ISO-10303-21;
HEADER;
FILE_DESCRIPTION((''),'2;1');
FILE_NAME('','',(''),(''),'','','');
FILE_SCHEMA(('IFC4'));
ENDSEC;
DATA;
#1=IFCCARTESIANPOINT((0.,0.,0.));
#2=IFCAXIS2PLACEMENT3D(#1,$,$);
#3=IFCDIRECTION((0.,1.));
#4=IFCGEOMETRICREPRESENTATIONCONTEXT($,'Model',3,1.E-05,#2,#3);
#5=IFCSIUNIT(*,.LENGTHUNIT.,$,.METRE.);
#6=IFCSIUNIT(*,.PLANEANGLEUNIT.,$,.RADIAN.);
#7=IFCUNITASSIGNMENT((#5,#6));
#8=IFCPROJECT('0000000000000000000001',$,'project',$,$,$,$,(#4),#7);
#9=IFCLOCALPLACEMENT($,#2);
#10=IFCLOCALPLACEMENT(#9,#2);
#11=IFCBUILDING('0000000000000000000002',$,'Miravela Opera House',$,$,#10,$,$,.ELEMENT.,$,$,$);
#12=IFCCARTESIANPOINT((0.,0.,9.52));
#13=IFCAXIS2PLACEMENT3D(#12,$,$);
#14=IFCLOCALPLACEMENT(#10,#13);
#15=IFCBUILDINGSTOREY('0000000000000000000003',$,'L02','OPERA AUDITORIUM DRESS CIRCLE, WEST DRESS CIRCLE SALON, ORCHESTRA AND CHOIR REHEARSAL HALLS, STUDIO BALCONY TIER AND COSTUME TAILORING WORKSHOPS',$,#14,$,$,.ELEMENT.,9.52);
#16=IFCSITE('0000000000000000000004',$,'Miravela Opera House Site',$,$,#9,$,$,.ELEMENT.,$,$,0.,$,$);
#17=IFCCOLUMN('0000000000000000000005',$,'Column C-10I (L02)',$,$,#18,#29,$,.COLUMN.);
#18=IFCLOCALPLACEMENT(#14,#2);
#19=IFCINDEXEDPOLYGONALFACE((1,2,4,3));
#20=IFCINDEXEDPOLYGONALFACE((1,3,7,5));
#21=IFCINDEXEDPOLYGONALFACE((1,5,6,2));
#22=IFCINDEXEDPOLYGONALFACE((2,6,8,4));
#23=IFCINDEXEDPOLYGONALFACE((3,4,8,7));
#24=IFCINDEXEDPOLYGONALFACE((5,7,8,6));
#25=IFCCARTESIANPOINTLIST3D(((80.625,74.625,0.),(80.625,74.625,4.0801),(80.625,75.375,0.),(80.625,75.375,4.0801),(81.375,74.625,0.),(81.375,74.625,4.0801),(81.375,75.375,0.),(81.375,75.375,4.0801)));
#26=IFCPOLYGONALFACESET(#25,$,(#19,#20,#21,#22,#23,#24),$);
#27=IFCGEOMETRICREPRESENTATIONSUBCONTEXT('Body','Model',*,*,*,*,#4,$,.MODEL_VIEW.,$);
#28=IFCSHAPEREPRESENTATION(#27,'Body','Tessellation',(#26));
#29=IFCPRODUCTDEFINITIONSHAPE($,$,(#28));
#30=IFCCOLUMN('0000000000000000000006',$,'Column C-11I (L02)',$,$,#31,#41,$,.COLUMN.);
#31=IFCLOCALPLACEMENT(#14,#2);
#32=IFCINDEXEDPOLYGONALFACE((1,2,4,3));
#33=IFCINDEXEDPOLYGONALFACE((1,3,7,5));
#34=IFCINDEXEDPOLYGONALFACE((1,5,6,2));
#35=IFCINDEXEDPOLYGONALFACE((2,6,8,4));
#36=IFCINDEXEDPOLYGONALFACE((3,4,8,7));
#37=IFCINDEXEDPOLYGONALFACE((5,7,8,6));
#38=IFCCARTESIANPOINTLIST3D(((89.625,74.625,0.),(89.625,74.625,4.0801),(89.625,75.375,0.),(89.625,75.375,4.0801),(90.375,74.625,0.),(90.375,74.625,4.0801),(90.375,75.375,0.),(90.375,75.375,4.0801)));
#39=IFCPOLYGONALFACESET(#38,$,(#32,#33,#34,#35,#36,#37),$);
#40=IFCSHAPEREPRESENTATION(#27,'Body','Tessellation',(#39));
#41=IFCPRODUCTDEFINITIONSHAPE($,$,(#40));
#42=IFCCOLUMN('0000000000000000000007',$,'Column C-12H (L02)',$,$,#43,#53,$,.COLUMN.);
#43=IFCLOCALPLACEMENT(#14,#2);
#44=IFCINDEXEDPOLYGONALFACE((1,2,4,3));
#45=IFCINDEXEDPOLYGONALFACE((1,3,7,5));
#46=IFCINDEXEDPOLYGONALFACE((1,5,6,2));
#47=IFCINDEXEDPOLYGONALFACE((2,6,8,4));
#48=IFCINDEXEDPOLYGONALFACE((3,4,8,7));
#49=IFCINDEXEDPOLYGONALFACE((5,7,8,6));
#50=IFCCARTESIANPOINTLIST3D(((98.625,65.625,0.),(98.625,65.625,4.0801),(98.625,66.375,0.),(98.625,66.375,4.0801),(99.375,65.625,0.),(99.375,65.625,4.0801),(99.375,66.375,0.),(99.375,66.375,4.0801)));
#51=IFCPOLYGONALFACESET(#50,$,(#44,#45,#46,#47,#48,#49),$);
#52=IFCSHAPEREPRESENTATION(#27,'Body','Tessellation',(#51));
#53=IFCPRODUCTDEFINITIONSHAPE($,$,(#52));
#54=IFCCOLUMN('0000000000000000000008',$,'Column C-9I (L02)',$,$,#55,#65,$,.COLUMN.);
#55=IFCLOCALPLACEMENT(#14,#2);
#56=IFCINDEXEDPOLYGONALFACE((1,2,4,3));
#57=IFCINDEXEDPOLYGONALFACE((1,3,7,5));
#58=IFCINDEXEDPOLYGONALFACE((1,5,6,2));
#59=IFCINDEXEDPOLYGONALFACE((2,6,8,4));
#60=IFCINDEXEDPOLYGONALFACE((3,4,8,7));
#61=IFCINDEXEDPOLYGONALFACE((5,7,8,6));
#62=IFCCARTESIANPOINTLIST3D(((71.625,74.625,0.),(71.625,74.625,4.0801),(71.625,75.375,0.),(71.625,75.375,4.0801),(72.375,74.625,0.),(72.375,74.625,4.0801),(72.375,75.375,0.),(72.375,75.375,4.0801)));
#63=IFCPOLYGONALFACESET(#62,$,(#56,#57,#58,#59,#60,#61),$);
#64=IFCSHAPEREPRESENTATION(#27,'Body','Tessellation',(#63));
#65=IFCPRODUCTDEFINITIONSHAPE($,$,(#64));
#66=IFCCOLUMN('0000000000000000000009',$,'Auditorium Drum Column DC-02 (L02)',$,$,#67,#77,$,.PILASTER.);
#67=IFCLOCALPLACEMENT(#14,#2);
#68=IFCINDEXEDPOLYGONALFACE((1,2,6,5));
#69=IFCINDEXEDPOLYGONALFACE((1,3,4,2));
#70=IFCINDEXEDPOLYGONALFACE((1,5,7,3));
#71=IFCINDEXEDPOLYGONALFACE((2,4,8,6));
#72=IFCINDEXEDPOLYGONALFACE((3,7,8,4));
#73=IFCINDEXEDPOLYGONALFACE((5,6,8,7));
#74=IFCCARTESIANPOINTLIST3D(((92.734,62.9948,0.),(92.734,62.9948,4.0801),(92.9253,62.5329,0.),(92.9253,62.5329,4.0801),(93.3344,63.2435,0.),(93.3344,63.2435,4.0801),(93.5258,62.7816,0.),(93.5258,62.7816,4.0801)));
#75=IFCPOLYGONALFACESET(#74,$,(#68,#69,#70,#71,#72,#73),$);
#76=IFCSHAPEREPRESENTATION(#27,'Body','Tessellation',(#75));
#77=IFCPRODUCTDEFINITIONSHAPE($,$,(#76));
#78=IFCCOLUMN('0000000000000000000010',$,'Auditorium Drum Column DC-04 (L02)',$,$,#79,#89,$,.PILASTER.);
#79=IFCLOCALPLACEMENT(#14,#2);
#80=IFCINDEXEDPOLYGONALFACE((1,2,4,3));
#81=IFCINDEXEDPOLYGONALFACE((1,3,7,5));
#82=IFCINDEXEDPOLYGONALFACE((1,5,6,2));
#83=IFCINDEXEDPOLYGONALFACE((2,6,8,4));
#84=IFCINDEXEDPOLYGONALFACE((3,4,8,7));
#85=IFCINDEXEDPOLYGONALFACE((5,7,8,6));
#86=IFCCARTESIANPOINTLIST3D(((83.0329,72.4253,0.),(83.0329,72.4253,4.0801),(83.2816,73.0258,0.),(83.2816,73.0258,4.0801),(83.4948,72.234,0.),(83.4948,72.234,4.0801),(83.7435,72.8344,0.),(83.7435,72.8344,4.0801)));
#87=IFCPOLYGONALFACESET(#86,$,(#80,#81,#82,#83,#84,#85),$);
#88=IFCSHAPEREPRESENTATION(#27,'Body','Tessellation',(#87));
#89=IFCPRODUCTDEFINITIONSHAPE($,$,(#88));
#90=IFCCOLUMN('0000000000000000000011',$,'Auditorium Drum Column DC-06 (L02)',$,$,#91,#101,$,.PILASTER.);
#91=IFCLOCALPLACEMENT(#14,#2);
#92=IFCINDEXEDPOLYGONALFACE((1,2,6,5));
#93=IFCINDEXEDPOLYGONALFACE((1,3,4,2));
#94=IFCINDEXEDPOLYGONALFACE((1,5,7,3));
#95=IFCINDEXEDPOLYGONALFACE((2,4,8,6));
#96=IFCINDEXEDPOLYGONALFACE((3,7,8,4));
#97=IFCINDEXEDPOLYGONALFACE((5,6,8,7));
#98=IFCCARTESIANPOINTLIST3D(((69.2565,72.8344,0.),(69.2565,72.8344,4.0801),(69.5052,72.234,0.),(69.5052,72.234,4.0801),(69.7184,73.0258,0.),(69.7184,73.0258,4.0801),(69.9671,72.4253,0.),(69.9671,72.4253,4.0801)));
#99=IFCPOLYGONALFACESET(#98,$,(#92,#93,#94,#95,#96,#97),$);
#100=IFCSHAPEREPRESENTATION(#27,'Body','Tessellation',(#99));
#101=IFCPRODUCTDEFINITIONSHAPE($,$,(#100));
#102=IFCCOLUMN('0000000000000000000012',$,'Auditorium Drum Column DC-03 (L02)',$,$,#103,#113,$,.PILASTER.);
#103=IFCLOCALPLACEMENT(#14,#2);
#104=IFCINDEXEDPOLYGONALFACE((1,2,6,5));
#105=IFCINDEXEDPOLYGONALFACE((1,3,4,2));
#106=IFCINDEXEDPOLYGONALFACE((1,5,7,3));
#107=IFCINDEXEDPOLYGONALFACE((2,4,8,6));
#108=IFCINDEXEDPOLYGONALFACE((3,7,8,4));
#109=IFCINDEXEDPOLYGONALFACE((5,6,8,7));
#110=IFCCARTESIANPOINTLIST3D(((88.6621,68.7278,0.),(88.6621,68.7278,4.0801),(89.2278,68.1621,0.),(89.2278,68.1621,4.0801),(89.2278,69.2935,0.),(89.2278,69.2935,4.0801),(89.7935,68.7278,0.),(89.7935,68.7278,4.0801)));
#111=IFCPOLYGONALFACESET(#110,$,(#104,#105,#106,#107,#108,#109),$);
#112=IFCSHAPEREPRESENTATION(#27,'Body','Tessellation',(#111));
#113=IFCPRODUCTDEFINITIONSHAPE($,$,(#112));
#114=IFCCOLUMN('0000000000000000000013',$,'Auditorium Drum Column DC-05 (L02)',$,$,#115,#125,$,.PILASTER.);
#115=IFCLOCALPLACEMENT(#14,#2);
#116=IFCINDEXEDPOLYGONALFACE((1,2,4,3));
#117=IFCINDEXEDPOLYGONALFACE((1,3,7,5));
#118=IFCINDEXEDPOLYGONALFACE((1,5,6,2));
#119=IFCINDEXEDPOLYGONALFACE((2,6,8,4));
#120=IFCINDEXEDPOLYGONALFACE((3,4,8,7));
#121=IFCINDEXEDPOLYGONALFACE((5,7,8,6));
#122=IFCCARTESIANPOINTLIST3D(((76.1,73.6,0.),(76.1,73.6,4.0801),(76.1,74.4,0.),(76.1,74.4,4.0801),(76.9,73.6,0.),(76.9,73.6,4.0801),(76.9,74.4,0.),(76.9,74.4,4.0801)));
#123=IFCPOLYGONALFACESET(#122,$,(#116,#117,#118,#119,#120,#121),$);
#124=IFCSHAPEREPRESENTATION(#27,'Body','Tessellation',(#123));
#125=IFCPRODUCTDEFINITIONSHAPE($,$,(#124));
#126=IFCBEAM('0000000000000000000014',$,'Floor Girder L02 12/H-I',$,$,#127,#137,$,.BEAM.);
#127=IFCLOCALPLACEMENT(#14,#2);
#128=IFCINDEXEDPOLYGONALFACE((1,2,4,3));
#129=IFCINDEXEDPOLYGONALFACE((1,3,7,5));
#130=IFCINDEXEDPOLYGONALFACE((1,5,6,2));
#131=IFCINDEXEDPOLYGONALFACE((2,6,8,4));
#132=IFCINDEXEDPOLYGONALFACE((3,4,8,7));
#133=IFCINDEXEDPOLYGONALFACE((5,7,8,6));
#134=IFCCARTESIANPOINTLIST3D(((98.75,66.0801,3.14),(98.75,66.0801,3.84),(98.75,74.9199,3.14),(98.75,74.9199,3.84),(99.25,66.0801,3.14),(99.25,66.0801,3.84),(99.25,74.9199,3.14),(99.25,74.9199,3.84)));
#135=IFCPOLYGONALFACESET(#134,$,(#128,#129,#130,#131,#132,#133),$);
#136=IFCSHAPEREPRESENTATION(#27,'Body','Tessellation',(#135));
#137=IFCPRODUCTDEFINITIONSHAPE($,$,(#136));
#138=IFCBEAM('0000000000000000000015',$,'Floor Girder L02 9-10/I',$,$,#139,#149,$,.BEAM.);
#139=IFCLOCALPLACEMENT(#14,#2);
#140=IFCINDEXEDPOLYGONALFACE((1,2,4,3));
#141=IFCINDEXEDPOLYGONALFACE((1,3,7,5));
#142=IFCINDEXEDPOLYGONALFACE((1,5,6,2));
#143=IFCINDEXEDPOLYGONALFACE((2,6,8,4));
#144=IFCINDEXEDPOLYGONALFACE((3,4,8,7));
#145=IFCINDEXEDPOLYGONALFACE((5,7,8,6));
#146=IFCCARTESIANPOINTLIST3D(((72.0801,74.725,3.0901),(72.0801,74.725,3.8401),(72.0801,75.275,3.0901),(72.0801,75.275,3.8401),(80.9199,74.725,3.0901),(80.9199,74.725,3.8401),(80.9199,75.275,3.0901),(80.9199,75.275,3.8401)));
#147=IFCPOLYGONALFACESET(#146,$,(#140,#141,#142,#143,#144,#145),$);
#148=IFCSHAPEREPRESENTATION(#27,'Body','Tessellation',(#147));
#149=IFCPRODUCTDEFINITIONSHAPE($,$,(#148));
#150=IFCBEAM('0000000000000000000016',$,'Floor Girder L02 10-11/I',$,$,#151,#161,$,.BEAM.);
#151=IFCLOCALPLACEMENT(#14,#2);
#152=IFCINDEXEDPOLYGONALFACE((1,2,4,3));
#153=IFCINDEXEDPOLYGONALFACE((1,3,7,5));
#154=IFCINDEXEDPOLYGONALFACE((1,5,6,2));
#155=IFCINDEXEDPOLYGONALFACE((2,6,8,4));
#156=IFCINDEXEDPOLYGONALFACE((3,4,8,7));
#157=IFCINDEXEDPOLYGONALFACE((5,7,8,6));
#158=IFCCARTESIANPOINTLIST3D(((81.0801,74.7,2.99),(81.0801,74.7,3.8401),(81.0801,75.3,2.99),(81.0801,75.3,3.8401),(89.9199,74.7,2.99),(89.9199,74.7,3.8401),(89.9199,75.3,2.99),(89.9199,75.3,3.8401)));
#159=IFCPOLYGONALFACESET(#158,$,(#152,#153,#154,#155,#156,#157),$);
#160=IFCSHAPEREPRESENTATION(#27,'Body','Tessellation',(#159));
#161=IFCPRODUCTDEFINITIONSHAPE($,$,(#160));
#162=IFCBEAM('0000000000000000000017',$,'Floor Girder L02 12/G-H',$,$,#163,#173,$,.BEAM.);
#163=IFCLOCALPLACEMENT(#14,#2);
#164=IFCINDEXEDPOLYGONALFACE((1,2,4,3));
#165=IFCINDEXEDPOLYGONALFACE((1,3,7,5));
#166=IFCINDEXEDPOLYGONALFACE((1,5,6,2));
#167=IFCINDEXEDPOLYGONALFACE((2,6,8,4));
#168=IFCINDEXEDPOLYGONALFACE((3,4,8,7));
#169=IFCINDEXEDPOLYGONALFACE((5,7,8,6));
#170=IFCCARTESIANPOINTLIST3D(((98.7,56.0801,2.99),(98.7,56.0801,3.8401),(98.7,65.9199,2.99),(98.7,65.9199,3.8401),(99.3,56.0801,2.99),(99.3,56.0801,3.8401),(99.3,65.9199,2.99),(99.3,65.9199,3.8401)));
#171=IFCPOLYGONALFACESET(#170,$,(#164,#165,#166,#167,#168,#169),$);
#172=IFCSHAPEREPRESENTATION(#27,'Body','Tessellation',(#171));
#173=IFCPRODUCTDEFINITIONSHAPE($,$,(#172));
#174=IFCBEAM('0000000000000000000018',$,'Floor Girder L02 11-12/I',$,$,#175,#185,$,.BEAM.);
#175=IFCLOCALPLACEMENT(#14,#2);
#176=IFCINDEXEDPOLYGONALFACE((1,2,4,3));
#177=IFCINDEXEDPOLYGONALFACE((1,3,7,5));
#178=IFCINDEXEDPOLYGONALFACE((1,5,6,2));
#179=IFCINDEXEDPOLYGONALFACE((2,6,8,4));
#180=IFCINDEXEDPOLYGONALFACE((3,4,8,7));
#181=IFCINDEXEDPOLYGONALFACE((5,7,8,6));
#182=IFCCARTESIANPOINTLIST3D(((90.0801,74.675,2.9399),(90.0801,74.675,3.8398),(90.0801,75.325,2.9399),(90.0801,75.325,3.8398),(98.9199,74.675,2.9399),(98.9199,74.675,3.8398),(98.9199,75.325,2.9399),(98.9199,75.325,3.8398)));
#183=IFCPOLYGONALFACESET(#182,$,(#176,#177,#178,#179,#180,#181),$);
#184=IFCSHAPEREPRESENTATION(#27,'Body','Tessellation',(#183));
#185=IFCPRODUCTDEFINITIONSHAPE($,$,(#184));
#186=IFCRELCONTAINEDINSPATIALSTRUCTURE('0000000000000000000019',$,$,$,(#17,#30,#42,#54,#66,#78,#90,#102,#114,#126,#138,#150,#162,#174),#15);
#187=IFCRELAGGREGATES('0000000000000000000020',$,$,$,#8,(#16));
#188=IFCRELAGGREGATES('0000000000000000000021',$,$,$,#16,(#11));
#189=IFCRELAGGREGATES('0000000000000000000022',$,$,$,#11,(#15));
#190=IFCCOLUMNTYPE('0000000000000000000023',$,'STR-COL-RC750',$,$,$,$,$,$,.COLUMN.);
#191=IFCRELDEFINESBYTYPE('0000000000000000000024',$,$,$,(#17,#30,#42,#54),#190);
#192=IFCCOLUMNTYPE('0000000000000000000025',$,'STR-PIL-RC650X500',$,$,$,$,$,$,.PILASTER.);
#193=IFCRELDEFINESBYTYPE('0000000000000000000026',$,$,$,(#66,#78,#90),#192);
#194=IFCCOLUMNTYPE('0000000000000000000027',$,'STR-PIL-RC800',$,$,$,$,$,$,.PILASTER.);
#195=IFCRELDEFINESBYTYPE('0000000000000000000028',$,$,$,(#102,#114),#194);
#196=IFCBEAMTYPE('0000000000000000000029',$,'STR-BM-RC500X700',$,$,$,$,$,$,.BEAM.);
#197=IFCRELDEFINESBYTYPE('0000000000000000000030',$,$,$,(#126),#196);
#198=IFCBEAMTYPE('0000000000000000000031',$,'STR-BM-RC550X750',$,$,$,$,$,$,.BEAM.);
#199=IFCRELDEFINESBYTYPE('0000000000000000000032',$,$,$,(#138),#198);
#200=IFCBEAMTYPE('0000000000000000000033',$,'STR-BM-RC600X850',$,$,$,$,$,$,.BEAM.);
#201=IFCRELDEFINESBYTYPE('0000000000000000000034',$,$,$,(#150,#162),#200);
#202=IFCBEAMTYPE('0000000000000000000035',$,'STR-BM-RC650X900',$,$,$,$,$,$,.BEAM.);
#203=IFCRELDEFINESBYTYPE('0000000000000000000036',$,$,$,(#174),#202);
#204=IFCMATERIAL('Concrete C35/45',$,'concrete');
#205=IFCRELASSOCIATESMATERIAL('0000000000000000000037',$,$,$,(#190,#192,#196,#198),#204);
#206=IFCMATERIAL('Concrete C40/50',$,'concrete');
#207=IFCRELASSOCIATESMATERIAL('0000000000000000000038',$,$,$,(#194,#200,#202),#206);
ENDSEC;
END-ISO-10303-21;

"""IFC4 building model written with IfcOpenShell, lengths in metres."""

from ifc_helpers import new_model, si_unit, direction, frame, origin, origin_2d, place, context, subcontext, project, spatial, rectangle, extrude, material, material_profile, profile_set, type_object, element, save


model = new_model("IFC4")

# Units and contexts
model_context = context("Model", 3, precision=1e-05, world=origin(), true_north=direction((0.0, 1.0)))
body_context = subcontext(model_context, "Body", "Model", "MODEL_VIEW")
ifc_project = project(units=[si_unit("LENGTHUNIT", "METRE"), si_unit("PLANEANGLEUNIT", "RADIAN")], contexts=[model_context])

# Site, building, storey
site_placement = place(None, origin())
site = spatial("IfcSite", under=ifc_project, at=site_placement, Name="Miravela Opera House Site", CompositionType="ELEMENT", RefElevation=0.0)
building_placement = place(site_placement, origin())
building = spatial("IfcBuilding", under=site, at=building_placement, Name="Miravela Opera House", CompositionType="ELEMENT")
storey_placement = place(building_placement, frame((0.0, 0.0, 9.52)))
storey = spatial("IfcBuildingStorey", under=building, at=storey_placement, Name="L02", Description="OPERA AUDITORIUM DRESS CIRCLE, WEST DRESS CIRCLE SALON, ORCHESTRA AND CHOIR REHEARSAL HALLS, STUDIO BALCONY TIER AND COSTUME TAILORING WORKSHOPS", CompositionType="ELEMENT", Elevation=9.52)

# Columns
ifc_material_1 = material(Name="Concrete C35/45", Category="concrete")
ifc_material_profile_1 = material_profile(ifc_material_1, rectangle(XDim=0.75, YDim=0.75, at=origin_2d()), Name="RC-COL-750X750")
ifc_profile_set_1 = profile_set([ifc_material_profile_1])
column_type_1 = type_object("IfcColumnType", Name="STR-COL-RC750", PredefinedType="COLUMN", material=ifc_profile_set_1)
for number, where, z_axis, x_axis, name in (
    (1, (81.0, 75.0, 0.0), (0.0, 0.0, 1.0), (1.0, 0.0, 0.0), "Column C-10I (L02)"),
    (2, (90.0, 75.0, 0.0), (0.0, 0.0, 1.0), (1.0, 0.0, 0.0), "Column C-11I (L02)"),
    (3, (99.0, 66.0, 0.0), (0.0, 0.0, 1.0), (1.0, 0.0, 0.0), "Column C-12H (L02)"),
    (4, (72.0, 75.0, 0.0), (0.0, 0.0, 1.0), (1.0, 0.0, 0.0), "Column C-9I (L02)"),
):
    element("IfcColumn", number, at=place(storey_placement, frame(where, z_axis=z_axis, x_axis=x_axis)), inside=storey, type_object=column_type_1, Name=name, PredefinedType="COLUMN", context=body_context, shape_type="SweptSolid", body=[
        extrude(rectangle(XDim=0.75, YDim=0.75, at=origin_2d()), origin(), (0.0, 0.0, 1.0), 4.0801),
    ])
ifc_material_profile_2 = material_profile(ifc_material_1, rectangle(XDim=0.6499, YDim=0.5, at=origin_2d()), Name="RC-PIL-650X500")
ifc_profile_set_2 = profile_set([ifc_material_profile_2])
column_type_2 = type_object("IfcColumnType", Name="STR-PIL-RC650X500", PredefinedType="PILASTER", material=ifc_profile_set_2)
for number, where, z_axis, x_axis, name in (
    (5, (93.1299, 62.8882, 0.0), (0.0, 0.0, 1.0), (0.92388, 0.382683, 0.0), "Auditorium Drum Column DC-02 (L02)"),
    (6, (83.3882, 72.6299, 0.0), (0.0, 0.0, 1.0), (0.382683, 0.92388, 0.0), "Auditorium Drum Column DC-04 (L02)"),
    (7, (69.6118, 72.6299, 0.0), (0.0, 0.0, 1.0), (-0.382683, 0.92388, 0.0), "Auditorium Drum Column DC-06 (L02)"),
):
    element("IfcColumn", number, at=place(storey_placement, frame(where, z_axis=z_axis, x_axis=x_axis)), inside=storey, type_object=column_type_2, Name=name, PredefinedType="PILASTER", context=body_context, shape_type="SweptSolid", body=[
        extrude(rectangle(XDim=0.6499, YDim=0.5, at=origin_2d()), origin(), (0.0, 0.0, 1.0), 4.0801),
    ])
ifc_material_2 = material(Name="Concrete C40/50", Category="concrete")
ifc_material_profile_3 = material_profile(ifc_material_2, rectangle(XDim=0.8, YDim=0.8, at=origin_2d()), Name="RC-COL-800X800")
ifc_profile_set_3 = profile_set([ifc_material_profile_3])
column_type_3 = type_object("IfcColumnType", Name="STR-PIL-RC800", PredefinedType="PILASTER", material=ifc_profile_set_3)
for number, where, z_axis, x_axis, name in (
    (8, (89.2278, 68.7278, 0.0), (0.0, 0.0, 1.0), (0.707107, 0.707107, 0.0), "Auditorium Drum Column DC-03 (L02)"),
    (9, (76.5, 74.0, 0.0), (0.0, 0.0, 1.0), (0.0, 1.0, 0.0), "Auditorium Drum Column DC-05 (L02)"),
):
    element("IfcColumn", number, at=place(storey_placement, frame(where, z_axis=z_axis, x_axis=x_axis)), inside=storey, type_object=column_type_3, Name=name, PredefinedType="PILASTER", context=body_context, shape_type="SweptSolid", body=[
        extrude(rectangle(XDim=0.8, YDim=0.8, at=origin_2d()), origin(), (0.0, 0.0, 1.0), 4.0801),
    ])

# Beams
ifc_material_profile_4 = material_profile(ifc_material_1, rectangle(XDim=0.5, YDim=0.7, at=origin_2d()), Name="RC-BM-500X700")
ifc_profile_set_4 = profile_set([ifc_material_profile_4])
beam_type_1 = type_object("IfcBeamType", Name="STR-BM-RC500X700", PredefinedType="BEAM", material=ifc_profile_set_4)
beam_1_placement = place(storey_placement, frame((99.0, 66.0801, 3.49), z_axis=(0.0, 1.0, 0.0), x_axis=(-1.0, 0.0, 0.0)))
element("IfcBeam", 10, at=beam_1_placement, inside=storey, type_object=beam_type_1, Name="Floor Girder L02 12/H-I", PredefinedType="BEAM", context=body_context, shape_type="SweptSolid", body=[
    extrude(rectangle(XDim=0.5, YDim=0.7, at=origin_2d()), origin(), (0.0, 0.0, 1.0), 8.8398),
])
ifc_material_profile_5 = material_profile(ifc_material_1, rectangle(XDim=0.55, YDim=0.75, at=origin_2d()), Name="RC-BM-550X750")
ifc_profile_set_5 = profile_set([ifc_material_profile_5])
beam_type_2 = type_object("IfcBeamType", Name="STR-BM-RC550X750", PredefinedType="BEAM", material=ifc_profile_set_5)
beam_2_placement = place(storey_placement, frame((72.0801, 75.0, 3.4651), z_axis=(1.0, 0.0, 0.0), x_axis=(0.0, 1.0, 0.0)))
element("IfcBeam", 11, at=beam_2_placement, inside=storey, type_object=beam_type_2, Name="Floor Girder L02 9-10/I", PredefinedType="BEAM", context=body_context, shape_type="SweptSolid", body=[
    extrude(rectangle(XDim=0.55, YDim=0.75, at=origin_2d()), origin(), (0.0, 0.0, 1.0), 8.8398),
])
ifc_material_profile_6 = material_profile(ifc_material_2, rectangle(XDim=0.6001, YDim=0.8501, at=origin_2d()), Name="RC-BM-600X850")
ifc_profile_set_6 = profile_set([ifc_material_profile_6])
beam_type_3 = type_object("IfcBeamType", Name="STR-BM-RC600X850", PredefinedType="BEAM", material=ifc_profile_set_6)
beam_3_placement = place(storey_placement, frame((81.0801, 75.0, 3.415), z_axis=(1.0, 0.0, 0.0), x_axis=(0.0, 1.0, 0.0)))
element("IfcBeam", 12, at=beam_3_placement, inside=storey, type_object=beam_type_3, Name="Floor Girder L02 10-11/I", PredefinedType="BEAM", context=body_context, shape_type="SweptSolid", body=[
    extrude(rectangle(XDim=0.6001, YDim=0.8501, at=origin_2d()), origin(), (0.0, 0.0, 1.0), 8.8398),
])
beam_4_placement = place(storey_placement, frame((99.0, 56.0801, 3.415), z_axis=(0.0, 1.0, 0.0), x_axis=(-1.0, 0.0, 0.0)))
element("IfcBeam", 13, at=beam_4_placement, inside=storey, type_object=beam_type_3, Name="Floor Girder L02 12/G-H", PredefinedType="BEAM", context=body_context, shape_type="SweptSolid", body=[
    extrude(rectangle(XDim=0.6001, YDim=0.8501, at=origin_2d()), origin(), (0.0, 0.0, 1.0), 9.8398),
])
ifc_material_profile_7 = material_profile(ifc_material_2, rectangle(XDim=0.6499, YDim=0.8999, at=origin_2d()), Name="RC-BM-650X900")
ifc_profile_set_7 = profile_set([ifc_material_profile_7])
beam_type_4 = type_object("IfcBeamType", Name="STR-BM-RC650X900", PredefinedType="BEAM", material=ifc_profile_set_7)
beam_5_placement = place(storey_placement, frame((90.0801, 75.0, 3.3899), z_axis=(1.0, 0.0, 0.0), x_axis=(0.0, 1.0, 0.0)))
element("IfcBeam", 14, at=beam_5_placement, inside=storey, type_object=beam_type_4, Name="Floor Girder L02 11-12/I", PredefinedType="BEAM", context=body_context, shape_type="SweptSolid", body=[
    extrude(rectangle(XDim=0.6499, YDim=0.8999, at=origin_2d()), origin(), (0.0, 0.0, 1.0), 8.8398),
])

save(model, "model.ifc")
